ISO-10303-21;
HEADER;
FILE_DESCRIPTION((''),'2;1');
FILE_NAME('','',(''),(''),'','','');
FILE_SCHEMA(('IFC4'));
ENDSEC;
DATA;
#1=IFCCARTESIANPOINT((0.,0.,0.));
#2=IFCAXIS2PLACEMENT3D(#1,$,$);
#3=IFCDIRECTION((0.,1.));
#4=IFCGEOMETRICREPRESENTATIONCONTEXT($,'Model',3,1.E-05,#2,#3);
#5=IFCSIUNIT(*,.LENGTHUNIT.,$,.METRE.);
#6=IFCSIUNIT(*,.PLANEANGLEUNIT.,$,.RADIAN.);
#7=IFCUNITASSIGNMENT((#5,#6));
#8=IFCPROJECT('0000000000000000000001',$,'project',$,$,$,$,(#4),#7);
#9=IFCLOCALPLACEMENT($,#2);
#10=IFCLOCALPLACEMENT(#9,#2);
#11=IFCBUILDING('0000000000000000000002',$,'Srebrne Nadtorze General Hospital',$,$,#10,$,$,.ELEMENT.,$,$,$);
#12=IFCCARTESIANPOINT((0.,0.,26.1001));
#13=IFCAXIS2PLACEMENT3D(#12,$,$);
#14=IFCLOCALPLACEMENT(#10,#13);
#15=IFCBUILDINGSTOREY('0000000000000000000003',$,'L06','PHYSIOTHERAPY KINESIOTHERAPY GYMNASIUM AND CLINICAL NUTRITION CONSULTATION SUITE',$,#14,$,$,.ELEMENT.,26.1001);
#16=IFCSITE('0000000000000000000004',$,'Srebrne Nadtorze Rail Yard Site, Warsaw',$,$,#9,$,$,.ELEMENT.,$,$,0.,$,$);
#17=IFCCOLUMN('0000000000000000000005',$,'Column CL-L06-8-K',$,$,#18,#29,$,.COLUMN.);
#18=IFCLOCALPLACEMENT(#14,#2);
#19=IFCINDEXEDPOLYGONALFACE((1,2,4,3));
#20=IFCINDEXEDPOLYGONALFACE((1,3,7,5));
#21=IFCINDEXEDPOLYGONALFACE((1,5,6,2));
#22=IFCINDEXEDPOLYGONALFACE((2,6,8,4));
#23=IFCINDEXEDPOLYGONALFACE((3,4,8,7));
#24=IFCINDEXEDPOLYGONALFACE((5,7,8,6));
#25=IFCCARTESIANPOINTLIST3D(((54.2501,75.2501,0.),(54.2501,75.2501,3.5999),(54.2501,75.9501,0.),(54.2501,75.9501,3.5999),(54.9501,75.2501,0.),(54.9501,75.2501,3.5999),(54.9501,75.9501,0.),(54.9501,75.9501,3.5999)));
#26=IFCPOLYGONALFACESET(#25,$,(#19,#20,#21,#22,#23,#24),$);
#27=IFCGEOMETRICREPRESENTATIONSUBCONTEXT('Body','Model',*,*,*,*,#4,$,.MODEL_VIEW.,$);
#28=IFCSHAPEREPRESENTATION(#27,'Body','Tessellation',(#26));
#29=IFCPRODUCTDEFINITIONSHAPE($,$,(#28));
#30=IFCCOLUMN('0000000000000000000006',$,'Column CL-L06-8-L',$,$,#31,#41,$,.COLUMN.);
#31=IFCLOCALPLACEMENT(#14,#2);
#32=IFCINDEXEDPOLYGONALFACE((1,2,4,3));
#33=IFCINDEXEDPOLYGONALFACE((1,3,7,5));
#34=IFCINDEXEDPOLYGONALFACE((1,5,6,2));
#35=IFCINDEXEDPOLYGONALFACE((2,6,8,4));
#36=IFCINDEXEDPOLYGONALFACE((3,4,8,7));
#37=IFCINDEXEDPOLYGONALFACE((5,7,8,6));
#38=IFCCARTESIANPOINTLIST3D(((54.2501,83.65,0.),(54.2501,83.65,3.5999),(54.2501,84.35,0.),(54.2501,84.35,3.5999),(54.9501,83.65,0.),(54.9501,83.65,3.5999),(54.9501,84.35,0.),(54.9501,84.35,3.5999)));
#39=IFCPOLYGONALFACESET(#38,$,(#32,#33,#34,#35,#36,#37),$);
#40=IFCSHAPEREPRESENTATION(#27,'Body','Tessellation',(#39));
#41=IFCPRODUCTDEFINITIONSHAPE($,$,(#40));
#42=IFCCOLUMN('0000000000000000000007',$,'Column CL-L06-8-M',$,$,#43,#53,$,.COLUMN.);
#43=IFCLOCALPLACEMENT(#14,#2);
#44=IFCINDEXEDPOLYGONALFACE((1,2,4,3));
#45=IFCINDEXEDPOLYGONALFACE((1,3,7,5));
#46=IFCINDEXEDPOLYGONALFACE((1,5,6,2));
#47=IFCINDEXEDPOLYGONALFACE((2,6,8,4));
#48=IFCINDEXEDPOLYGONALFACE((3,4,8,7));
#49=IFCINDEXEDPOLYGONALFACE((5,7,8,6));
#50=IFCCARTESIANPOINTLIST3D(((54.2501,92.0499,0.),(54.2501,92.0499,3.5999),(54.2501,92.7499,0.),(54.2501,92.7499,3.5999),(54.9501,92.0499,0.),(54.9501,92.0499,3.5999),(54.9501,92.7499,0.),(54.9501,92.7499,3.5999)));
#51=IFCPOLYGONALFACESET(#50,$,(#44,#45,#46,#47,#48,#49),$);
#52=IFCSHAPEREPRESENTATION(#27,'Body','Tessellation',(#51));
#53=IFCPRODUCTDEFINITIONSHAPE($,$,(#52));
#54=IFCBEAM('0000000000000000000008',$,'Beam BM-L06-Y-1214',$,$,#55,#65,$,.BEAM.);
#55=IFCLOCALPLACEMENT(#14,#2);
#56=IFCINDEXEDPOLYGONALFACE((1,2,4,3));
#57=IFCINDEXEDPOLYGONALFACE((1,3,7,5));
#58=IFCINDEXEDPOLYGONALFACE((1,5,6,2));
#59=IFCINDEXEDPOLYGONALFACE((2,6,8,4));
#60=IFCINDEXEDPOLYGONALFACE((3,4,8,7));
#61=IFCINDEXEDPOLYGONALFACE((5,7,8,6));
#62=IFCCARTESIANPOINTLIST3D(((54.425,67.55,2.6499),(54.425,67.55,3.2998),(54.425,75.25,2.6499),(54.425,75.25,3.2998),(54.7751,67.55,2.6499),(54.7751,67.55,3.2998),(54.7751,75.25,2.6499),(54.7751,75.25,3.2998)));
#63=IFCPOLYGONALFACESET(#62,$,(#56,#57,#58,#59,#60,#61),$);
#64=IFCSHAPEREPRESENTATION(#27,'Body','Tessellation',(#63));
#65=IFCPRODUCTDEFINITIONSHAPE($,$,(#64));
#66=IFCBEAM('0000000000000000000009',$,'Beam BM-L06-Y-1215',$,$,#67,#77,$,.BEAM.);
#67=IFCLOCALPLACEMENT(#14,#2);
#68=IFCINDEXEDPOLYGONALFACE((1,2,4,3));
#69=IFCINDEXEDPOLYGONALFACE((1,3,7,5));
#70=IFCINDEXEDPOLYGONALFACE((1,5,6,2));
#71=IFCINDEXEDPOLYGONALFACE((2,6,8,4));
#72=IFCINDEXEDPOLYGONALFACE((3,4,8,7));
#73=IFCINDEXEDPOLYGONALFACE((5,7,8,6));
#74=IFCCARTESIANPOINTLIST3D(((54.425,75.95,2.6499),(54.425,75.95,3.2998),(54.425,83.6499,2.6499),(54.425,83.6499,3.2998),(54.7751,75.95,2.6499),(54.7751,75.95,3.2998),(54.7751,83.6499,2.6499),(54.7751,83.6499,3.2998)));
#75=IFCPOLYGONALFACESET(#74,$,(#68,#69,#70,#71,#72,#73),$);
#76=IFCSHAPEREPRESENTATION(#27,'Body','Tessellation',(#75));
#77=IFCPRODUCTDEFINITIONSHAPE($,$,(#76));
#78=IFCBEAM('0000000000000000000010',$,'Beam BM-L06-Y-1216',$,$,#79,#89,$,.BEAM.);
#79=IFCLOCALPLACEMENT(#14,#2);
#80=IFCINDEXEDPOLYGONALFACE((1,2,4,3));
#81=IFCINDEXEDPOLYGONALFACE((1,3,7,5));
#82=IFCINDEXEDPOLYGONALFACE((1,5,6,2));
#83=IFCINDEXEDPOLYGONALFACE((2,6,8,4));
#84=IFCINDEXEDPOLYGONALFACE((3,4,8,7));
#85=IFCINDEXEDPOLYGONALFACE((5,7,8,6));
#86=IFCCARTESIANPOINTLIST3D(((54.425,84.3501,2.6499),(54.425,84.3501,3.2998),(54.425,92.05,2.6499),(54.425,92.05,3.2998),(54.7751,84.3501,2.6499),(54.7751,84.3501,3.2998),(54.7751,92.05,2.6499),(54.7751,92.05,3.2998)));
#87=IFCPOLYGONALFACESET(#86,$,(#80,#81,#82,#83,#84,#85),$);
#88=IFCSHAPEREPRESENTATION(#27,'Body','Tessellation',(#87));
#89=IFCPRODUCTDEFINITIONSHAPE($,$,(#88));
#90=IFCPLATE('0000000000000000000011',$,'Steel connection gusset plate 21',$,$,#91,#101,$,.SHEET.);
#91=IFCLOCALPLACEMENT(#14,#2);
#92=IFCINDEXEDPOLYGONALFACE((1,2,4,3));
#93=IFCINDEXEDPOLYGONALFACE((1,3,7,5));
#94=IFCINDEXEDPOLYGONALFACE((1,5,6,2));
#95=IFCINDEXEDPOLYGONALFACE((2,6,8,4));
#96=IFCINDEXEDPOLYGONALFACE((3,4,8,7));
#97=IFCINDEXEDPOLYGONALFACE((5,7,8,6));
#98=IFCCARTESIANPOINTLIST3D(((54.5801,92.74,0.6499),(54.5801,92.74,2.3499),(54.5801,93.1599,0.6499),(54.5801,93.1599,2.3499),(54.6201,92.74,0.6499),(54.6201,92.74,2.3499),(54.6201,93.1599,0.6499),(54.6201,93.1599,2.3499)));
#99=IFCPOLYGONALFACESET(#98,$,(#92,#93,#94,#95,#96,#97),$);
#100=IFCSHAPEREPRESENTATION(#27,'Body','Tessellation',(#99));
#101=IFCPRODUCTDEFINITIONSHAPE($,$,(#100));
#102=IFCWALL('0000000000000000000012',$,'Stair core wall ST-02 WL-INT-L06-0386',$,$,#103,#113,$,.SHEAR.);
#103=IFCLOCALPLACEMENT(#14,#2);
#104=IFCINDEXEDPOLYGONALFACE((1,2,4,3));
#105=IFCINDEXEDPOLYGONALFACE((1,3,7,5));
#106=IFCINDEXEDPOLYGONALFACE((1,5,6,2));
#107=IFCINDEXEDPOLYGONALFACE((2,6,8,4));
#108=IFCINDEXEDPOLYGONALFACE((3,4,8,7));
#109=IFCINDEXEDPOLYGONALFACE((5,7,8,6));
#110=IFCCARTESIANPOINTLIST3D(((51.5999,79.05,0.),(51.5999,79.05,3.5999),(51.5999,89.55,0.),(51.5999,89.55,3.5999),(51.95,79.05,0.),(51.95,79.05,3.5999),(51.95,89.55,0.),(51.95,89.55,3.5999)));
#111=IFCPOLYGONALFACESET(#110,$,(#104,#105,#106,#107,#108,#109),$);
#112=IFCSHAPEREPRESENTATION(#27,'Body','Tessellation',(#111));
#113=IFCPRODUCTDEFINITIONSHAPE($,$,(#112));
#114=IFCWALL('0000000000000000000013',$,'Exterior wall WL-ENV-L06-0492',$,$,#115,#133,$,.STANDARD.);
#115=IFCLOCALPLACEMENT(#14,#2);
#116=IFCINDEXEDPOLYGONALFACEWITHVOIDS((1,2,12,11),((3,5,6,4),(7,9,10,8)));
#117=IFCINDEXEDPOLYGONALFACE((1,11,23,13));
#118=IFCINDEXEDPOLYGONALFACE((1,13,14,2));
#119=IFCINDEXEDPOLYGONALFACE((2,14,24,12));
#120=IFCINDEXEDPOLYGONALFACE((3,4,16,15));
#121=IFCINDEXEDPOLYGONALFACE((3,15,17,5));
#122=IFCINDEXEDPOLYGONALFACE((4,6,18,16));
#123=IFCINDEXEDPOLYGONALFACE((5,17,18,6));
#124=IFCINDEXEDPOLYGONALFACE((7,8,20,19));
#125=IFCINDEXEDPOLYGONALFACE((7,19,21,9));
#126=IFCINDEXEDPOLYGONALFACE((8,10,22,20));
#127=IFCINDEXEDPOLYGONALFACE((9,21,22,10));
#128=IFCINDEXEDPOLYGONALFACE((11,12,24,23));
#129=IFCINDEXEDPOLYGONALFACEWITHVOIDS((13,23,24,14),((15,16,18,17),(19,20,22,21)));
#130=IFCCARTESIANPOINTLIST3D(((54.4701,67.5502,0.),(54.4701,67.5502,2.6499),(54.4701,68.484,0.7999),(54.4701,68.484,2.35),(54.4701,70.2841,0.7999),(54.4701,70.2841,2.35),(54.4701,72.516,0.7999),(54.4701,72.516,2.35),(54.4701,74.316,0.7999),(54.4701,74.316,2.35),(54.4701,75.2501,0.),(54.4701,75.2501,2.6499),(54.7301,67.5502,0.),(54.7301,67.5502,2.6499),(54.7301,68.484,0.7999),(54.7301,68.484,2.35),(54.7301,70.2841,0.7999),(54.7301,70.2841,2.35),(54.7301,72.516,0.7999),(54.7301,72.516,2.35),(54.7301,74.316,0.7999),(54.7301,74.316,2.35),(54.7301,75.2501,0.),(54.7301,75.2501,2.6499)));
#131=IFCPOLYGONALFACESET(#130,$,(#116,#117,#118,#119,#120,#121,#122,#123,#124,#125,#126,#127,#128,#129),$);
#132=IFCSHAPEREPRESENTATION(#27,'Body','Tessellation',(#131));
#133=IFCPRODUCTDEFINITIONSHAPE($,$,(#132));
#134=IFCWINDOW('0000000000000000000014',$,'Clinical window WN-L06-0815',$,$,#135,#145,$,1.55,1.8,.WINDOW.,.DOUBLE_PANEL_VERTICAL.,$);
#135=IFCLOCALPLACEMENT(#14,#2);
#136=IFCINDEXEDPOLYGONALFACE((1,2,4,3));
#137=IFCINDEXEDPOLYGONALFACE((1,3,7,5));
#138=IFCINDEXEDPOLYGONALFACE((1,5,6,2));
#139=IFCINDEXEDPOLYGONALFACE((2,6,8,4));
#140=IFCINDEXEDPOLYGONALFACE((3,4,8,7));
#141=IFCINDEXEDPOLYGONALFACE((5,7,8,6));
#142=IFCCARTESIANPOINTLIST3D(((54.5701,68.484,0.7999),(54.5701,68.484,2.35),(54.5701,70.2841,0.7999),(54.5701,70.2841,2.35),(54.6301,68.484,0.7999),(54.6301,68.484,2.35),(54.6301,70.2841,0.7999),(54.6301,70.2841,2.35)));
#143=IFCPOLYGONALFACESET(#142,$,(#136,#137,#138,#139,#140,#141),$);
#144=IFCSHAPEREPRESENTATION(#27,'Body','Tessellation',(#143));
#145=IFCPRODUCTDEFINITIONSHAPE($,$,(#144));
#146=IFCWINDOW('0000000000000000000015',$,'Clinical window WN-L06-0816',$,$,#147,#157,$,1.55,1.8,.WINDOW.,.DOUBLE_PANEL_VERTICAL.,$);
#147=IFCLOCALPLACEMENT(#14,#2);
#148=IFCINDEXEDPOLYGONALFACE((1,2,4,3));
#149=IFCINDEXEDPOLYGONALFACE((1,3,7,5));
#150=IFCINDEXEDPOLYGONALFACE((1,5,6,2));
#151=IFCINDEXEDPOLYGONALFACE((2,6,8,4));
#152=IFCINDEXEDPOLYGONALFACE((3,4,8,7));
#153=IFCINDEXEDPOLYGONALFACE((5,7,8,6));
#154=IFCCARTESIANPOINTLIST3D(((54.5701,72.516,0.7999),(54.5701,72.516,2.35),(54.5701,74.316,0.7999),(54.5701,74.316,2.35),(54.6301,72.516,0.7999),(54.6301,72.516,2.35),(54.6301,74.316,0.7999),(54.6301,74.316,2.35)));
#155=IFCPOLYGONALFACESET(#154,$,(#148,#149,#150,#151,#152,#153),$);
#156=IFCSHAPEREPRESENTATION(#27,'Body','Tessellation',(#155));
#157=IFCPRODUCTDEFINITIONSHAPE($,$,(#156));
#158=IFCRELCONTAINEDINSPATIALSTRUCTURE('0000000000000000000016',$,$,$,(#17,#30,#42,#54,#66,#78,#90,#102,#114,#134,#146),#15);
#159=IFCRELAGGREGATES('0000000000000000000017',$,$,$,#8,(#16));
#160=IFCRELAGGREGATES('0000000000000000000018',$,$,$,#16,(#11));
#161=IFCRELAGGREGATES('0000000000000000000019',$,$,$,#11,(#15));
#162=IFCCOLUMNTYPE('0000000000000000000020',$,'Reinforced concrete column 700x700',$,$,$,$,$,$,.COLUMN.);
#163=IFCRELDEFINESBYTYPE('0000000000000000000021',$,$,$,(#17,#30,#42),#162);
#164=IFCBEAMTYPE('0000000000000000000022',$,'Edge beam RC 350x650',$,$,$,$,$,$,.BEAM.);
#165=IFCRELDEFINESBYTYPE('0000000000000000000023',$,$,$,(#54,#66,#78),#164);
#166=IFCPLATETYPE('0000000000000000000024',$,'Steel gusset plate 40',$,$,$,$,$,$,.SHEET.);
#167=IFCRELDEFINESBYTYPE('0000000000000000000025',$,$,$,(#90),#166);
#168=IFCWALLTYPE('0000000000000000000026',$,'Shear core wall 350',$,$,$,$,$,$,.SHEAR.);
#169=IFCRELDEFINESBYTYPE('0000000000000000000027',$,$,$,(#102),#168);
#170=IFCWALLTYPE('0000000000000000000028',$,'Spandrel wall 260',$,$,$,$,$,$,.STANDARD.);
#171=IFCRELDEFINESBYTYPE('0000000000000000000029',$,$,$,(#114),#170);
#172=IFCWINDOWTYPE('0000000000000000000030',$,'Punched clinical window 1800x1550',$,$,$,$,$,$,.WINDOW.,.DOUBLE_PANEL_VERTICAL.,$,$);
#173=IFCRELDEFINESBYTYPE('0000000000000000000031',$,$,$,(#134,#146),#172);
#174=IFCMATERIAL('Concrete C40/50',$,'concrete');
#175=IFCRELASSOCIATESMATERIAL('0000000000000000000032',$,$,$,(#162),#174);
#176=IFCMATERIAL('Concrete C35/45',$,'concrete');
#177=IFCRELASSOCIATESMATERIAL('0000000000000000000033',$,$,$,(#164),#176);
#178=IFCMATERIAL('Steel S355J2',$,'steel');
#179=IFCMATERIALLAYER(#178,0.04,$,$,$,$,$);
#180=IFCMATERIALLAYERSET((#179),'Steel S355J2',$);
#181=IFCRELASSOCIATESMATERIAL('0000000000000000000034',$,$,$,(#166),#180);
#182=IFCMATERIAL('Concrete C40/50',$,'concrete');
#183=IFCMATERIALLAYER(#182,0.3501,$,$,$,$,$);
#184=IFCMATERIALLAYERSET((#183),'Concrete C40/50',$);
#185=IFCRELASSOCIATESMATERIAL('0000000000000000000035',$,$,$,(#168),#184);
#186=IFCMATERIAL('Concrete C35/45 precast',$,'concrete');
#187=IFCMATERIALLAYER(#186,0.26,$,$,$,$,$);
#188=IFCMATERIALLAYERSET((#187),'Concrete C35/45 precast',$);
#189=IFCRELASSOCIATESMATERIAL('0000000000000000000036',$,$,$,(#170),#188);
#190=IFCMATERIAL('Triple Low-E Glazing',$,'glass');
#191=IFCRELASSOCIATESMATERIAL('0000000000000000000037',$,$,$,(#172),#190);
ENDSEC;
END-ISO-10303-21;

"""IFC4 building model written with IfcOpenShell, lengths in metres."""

from ifc_helpers import new_model, si_unit, direction, frame, frame_2d, origin, origin_2d, place, context, subcontext, project, spatial, rectangle, extrude, material, layer, layer_set, material_profile, profile_set, type_object, element, fill, save


model = new_model("IFC4")

# Units and contexts
model_context = context("Model", 3, precision=1e-05, world=origin(), true_north=direction((0.0, 1.0)))
body_context = subcontext(model_context, "Body", "Model", "MODEL_VIEW")
ifc_project = project(units=[si_unit("LENGTHUNIT", "METRE"), si_unit("PLANEANGLEUNIT", "RADIAN")], contexts=[model_context])

# Site, building, storey
site_placement = place(None, origin())
site = spatial("IfcSite", under=ifc_project, at=site_placement, Name="Srebrne Nadtorze Rail Yard Site, Warsaw", CompositionType="ELEMENT", RefElevation=0.0)
building_placement = place(site_placement, origin())
building = spatial("IfcBuilding", under=site, at=building_placement, Name="Srebrne Nadtorze General Hospital", CompositionType="ELEMENT")
storey_placement = place(building_placement, frame((0.0, 0.0, 26.1001)))
storey = spatial("IfcBuildingStorey", under=building, at=storey_placement, Name="L06", Description="PHYSIOTHERAPY KINESIOTHERAPY GYMNASIUM AND CLINICAL NUTRITION CONSULTATION SUITE", CompositionType="ELEMENT", Elevation=26.1001)

# Columns
ifc_material_1 = material(Name="Concrete C40/50", Category="concrete")
ifc_material_profile_1 = material_profile(ifc_material_1, rectangle(XDim=0.7, YDim=0.7, at=origin_2d()), Name="RC-COL-700x700")
ifc_profile_set_1 = profile_set([ifc_material_profile_1], Name="Concrete C40/50")
column_type = type_object("IfcColumnType", Name="Reinforced concrete column 700x700", PredefinedType="COLUMN", material=ifc_profile_set_1)
for number, where, z_axis, x_axis, name in (
    (1, (54.6001, 75.6001, 0.0), (0.0, 0.0, 1.0), (1.0, 0.0, 0.0), "Column CL-L06-8-K"),
    (2, (54.6001, 84.0, 0.0), (0.0, 0.0, 1.0), (1.0, 0.0, 0.0), "Column CL-L06-8-L"),
    (3, (54.6001, 92.3999, 0.0), (0.0, 0.0, 1.0), (1.0, 0.0, 0.0), "Column CL-L06-8-M"),
):
    element("IfcColumn", number, at=place(storey_placement, frame(where, z_axis=z_axis, x_axis=x_axis)), inside=storey, type_object=column_type, Name=name, PredefinedType="COLUMN", context=body_context, shape_type="SweptSolid", body=[
        extrude(rectangle(XDim=0.7, YDim=0.7, at=origin_2d()), origin(), (0.0, 0.0, 1.0), 3.5999),
    ])

# Beams
ifc_material_2 = material(Name="Concrete C35/45", Category="concrete")
ifc_material_profile_2 = material_profile(ifc_material_2, rectangle(XDim=0.3501, YDim=0.6499, at=origin_2d()), Name="RC-BM-350x650")
ifc_profile_set_2 = profile_set([ifc_material_profile_2], Name="Concrete C35/45")
beam_type = type_object("IfcBeamType", Name="Edge beam RC 350x650", PredefinedType="BEAM", material=ifc_profile_set_2)
for number, where, z_axis, x_axis, name in (
    (4, (54.6001, 67.55, 2.9749), (0.0, 1.0, 0.0), (-1.0, 0.0, 0.0), "Beam BM-L06-Y-1214"),
    (5, (54.6001, 75.95, 2.9749), (0.0, 1.0, 0.0), (-1.0, 0.0, 0.0), "Beam BM-L06-Y-1215"),
    (6, (54.6001, 84.3501, 2.9749), (0.0, 1.0, 0.0), (-1.0, 0.0, 0.0), "Beam BM-L06-Y-1216"),
):
    element("IfcBeam", number, at=place(storey_placement, frame(where, z_axis=z_axis, x_axis=x_axis)), inside=storey, type_object=beam_type, Name=name, PredefinedType="BEAM", context=body_context, shape_type="SweptSolid", body=[
        extrude(rectangle(XDim=0.3501, YDim=0.6499, at=origin_2d()), origin(), (0.0, 0.0, 1.0), 7.7),
    ])

# Plate
ifc_material_3 = material(Name="Steel S355J2", Category="steel")
ifc_layer_1 = layer(ifc_material_3, 0.04)
ifc_layer_set_1 = layer_set([ifc_layer_1], Name="Steel S355J2")
plate_type = type_object("IfcPlateType", Name="Steel gusset plate 40", PredefinedType="SHEET", material=ifc_layer_set_1)
plate_placement = place(storey_placement, frame((54.6001, 92.95, 0.6499), z_axis=(0.0, 0.0, 1.0), x_axis=(1.0, 0.0, 0.0)))
element("IfcPlate", 7, at=plate_placement, inside=storey, type_object=plate_type, Name="Steel connection gusset plate 21", PredefinedType="SHEET", context=body_context, shape_type="SweptSolid", body=[
    extrude(rectangle(XDim=0.04, YDim=0.4199, at=origin_2d()), origin(), (0.0, 0.0, 1.0), 1.7),
])

# Wall
ifc_material_4 = material(Name="Concrete C40/50", Category="concrete")
ifc_layer_2 = layer(ifc_material_4, 0.3501)
ifc_layer_set_2 = layer_set([ifc_layer_2], Name="Concrete C40/50")
wall_type_1 = type_object("IfcWallType", Name="Shear core wall 350", PredefinedType="SHEAR", material=ifc_layer_set_2)
wall_1_placement = place(storey_placement, frame((51.7749, 79.05, 0.0), z_axis=(0.0, 0.0, 1.0), x_axis=(0.0, 1.0, 0.0)))
element("IfcWall", 8, at=wall_1_placement, inside=storey, type_object=wall_type_1, Name="Stair core wall ST-02 WL-INT-L06-0386", PredefinedType="SHEAR", context=body_context, shape_type="SweptSolid", body=[
    extrude(rectangle(XDim=10.5, YDim=0.3501, at=frame_2d((5.25, 0.0))), origin(), (0.0, 0.0, 1.0), 3.5999),
])

# Wall, openings, windows
ifc_material_5 = material(Name="Concrete C35/45 precast", Category="concrete")
ifc_layer_3 = layer(ifc_material_5, 0.26)
ifc_layer_set_3 = layer_set([ifc_layer_3], Name="Concrete C35/45 precast")
wall_type_2 = type_object("IfcWallType", Name="Spandrel wall 260", PredefinedType="STANDARD", material=ifc_layer_set_3)
wall_2_placement = place(storey_placement, frame((54.6001, 67.55, 0.0), z_axis=(0.0, 0.0, 1.0), x_axis=(0.0, 1.0, 0.0)))
wall_2 = element("IfcWall", 9, at=wall_2_placement, inside=storey, type_object=wall_type_2, Name="Exterior wall WL-ENV-L06-0492", PredefinedType="STANDARD", context=body_context, shape_type="SweptSolid", body=[
    extrude(rectangle(XDim=7.7, YDim=0.26, at=frame_2d((3.8501, 0.0))), origin(), (0.0, 0.0, 1.0), 2.6499),
])
opening_1_placement = place(wall_2_placement, frame((0.9341, 0.0, 0.8)))
opening_1 = element("IfcOpeningElement", 10, at=opening_1_placement, cuts=wall_2, PredefinedType="OPENING", context=body_context, shape_type="SweptSolid", body=[
    extrude(rectangle(XDim=1.8, YDim=1.55, at=frame_2d((0.8999, 0.7749))), frame((0.0, 0.1421, 0.0), z_axis=(0.0, -1.0, 0.0), x_axis=(1.0, 0.0, 0.0)), (0.0, 0.0, 1.0), 0.2839),
])
opening_2_placement = place(wall_2_placement, frame((4.9661, 0.0, 0.8)))
opening_2 = element("IfcOpeningElement", 11, at=opening_2_placement, cuts=wall_2, PredefinedType="OPENING", context=body_context, shape_type="SweptSolid", body=[
    extrude(rectangle(XDim=1.8, YDim=1.55, at=frame_2d((0.8999, 0.7749))), frame((0.0, 0.1421, 0.0), z_axis=(0.0, -1.0, 0.0), x_axis=(1.0, 0.0, 0.0)), (0.0, 0.0, 1.0), 0.2839),
])
ifc_material_6 = material(Name="Triple Low-E Glazing", Category="glass")
window_type_1 = type_object("IfcWindowType", Name="Punched clinical window 1800x1550", PartitioningType="DOUBLE_PANEL_VERTICAL", PredefinedType="WINDOW", material=ifc_material_6)
window_1_placement = place(opening_1_placement, origin())
window_1 = element("IfcWindow", 12, at=window_1_placement, inside=storey, type_object=window_type_1, Name="Clinical window WN-L06-0815", OverallHeight=1.55, OverallWidth=1.8, PartitioningType="DOUBLE_PANEL_VERTICAL", PredefinedType="WINDOW", context=body_context, shape_type="SweptSolid", body=[
    extrude(rectangle(XDim=1.8, YDim=1.55, at=frame_2d((0.8999, 0.7749))), frame((0.0, 0.03, 0.0), z_axis=(0.0, -1.0, 0.0), x_axis=(1.0, 0.0, 0.0)), (0.0, 0.0, 1.0), 0.0601),
])
fill(opening_1, window_1)
window_2_placement = place(opening_2_placement, origin())
window_2 = element("IfcWindow", 13, at=window_2_placement, inside=storey, type_object=window_type_1, Name="Clinical window WN-L06-0816", OverallHeight=1.55, OverallWidth=1.8, PartitioningType="DOUBLE_PANEL_VERTICAL", PredefinedType="WINDOW", context=body_context, shape_type="SweptSolid", body=[
    extrude(rectangle(XDim=1.8, YDim=1.55, at=frame_2d((0.8999, 0.7749))), frame((0.0, 0.03, 0.0), z_axis=(0.0, -1.0, 0.0), x_axis=(1.0, 0.0, 0.0)), (0.0, 0.0, 1.0), 0.0601),
])
fill(opening_2, window_2)

save(model, "model.ifc")
